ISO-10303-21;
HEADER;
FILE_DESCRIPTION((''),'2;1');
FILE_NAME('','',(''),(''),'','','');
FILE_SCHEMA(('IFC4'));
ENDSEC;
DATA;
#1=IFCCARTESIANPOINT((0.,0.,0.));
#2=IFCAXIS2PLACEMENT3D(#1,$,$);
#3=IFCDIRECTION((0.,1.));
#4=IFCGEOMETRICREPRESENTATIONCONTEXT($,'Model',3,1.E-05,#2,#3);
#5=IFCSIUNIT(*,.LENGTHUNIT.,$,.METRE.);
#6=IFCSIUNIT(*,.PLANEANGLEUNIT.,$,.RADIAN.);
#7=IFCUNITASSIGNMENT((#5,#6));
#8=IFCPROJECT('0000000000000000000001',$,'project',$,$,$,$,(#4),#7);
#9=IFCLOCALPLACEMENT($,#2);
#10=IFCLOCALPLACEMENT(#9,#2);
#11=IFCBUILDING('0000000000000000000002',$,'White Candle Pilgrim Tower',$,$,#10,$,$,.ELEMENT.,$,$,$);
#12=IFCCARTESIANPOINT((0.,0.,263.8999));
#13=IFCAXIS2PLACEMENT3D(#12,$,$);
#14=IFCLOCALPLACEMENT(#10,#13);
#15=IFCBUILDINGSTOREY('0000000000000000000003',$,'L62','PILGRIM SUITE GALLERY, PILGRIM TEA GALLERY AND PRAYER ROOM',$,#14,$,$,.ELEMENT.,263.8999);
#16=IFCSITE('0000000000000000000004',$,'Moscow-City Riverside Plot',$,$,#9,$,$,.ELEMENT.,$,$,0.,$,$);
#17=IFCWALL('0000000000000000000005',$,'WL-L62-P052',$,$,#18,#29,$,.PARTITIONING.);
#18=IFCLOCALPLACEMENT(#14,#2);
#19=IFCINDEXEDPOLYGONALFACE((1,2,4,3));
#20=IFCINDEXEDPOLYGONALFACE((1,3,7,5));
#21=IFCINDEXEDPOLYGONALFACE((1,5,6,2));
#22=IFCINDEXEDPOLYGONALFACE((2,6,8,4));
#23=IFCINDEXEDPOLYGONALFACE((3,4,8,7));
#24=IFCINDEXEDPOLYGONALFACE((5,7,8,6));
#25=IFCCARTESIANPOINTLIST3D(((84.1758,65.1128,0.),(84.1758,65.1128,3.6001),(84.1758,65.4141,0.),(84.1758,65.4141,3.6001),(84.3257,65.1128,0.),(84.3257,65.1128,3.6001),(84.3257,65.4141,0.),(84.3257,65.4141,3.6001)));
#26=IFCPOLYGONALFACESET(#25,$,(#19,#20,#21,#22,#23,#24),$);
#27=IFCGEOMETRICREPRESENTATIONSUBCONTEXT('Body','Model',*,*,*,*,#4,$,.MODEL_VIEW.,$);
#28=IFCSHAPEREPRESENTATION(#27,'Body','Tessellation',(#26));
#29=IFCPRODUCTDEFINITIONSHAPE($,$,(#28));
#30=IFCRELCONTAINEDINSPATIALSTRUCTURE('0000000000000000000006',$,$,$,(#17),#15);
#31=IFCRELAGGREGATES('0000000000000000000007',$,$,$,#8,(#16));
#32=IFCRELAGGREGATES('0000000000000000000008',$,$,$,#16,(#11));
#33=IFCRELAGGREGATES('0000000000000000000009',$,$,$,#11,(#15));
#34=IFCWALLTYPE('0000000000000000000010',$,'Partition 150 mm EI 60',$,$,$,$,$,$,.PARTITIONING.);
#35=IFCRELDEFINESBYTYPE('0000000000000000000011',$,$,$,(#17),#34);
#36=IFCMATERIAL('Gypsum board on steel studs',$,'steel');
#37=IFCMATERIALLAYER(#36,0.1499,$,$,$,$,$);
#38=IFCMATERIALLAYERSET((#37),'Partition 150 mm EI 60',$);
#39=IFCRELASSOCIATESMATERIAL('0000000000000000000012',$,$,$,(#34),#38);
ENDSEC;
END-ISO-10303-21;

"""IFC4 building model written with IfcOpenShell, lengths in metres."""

from ifc_helpers import new_model, si_unit, direction, frame, frame_2d, origin, place, context, subcontext, project, spatial, rectangle, extrude, material, layer, layer_set, type_object, element, save


model = new_model("IFC4")

# Units and contexts
model_context = context("Model", 3, precision=1e-05, world=origin(), true_north=direction((0.0, 1.0)))
body_context = subcontext(model_context, "Body", "Model", "MODEL_VIEW")
ifc_project = project(units=[si_unit("LENGTHUNIT", "METRE"), si_unit("PLANEANGLEUNIT", "RADIAN")], contexts=[model_context])

# Site, building, storey
site_placement = place(None, origin())
site = spatial("IfcSite", under=ifc_project, at=site_placement, Name="Moscow-City Riverside Plot", CompositionType="ELEMENT", RefElevation=0.0)
building_placement = place(site_placement, origin())
building = spatial("IfcBuilding", under=site, at=building_placement, Name="White Candle Pilgrim Tower", CompositionType="ELEMENT")
storey_placement = place(building_placement, frame((0.0, 0.0, 263.8999)))
storey = spatial("IfcBuildingStorey", under=building, at=storey_placement, Name="L62", Description="PILGRIM SUITE GALLERY, PILGRIM TEA GALLERY AND PRAYER ROOM", CompositionType="ELEMENT", Elevation=263.8999)

# Shared definitions
ifc_material_1 = material(Name="Gypsum board on steel studs", Category="steel")

# Wall
ifc_layer_1 = layer(ifc_material_1, 0.1499)
ifc_layer_set_1 = layer_set([ifc_layer_1], Name="Partition 150 mm EI 60")
wall_type_1 = type_object("IfcWallType", Name="Partition 150 mm EI 60", PredefinedType="PARTITIONING", material=ifc_layer_set_1)
wall_1_placement = place(storey_placement, frame((84.2507, 65.4141, 0.0), z_axis=(0.0, 0.0, 1.0), x_axis=(0.0, -1.0, 0.0)))
element("IfcWall", 1, at=wall_1_placement, inside=storey, type_object=wall_type_1, Name="WL-L62-P052", PredefinedType="PARTITIONING", context=body_context, shape_type="SweptSolid", body=[
    extrude(rectangle(XDim=0.3013, YDim=0.1499, at=frame_2d((0.1506, 0.0))), origin(), (0.0, 0.0, 1.0), 3.6001),
])

save(model, "model.ifc")
